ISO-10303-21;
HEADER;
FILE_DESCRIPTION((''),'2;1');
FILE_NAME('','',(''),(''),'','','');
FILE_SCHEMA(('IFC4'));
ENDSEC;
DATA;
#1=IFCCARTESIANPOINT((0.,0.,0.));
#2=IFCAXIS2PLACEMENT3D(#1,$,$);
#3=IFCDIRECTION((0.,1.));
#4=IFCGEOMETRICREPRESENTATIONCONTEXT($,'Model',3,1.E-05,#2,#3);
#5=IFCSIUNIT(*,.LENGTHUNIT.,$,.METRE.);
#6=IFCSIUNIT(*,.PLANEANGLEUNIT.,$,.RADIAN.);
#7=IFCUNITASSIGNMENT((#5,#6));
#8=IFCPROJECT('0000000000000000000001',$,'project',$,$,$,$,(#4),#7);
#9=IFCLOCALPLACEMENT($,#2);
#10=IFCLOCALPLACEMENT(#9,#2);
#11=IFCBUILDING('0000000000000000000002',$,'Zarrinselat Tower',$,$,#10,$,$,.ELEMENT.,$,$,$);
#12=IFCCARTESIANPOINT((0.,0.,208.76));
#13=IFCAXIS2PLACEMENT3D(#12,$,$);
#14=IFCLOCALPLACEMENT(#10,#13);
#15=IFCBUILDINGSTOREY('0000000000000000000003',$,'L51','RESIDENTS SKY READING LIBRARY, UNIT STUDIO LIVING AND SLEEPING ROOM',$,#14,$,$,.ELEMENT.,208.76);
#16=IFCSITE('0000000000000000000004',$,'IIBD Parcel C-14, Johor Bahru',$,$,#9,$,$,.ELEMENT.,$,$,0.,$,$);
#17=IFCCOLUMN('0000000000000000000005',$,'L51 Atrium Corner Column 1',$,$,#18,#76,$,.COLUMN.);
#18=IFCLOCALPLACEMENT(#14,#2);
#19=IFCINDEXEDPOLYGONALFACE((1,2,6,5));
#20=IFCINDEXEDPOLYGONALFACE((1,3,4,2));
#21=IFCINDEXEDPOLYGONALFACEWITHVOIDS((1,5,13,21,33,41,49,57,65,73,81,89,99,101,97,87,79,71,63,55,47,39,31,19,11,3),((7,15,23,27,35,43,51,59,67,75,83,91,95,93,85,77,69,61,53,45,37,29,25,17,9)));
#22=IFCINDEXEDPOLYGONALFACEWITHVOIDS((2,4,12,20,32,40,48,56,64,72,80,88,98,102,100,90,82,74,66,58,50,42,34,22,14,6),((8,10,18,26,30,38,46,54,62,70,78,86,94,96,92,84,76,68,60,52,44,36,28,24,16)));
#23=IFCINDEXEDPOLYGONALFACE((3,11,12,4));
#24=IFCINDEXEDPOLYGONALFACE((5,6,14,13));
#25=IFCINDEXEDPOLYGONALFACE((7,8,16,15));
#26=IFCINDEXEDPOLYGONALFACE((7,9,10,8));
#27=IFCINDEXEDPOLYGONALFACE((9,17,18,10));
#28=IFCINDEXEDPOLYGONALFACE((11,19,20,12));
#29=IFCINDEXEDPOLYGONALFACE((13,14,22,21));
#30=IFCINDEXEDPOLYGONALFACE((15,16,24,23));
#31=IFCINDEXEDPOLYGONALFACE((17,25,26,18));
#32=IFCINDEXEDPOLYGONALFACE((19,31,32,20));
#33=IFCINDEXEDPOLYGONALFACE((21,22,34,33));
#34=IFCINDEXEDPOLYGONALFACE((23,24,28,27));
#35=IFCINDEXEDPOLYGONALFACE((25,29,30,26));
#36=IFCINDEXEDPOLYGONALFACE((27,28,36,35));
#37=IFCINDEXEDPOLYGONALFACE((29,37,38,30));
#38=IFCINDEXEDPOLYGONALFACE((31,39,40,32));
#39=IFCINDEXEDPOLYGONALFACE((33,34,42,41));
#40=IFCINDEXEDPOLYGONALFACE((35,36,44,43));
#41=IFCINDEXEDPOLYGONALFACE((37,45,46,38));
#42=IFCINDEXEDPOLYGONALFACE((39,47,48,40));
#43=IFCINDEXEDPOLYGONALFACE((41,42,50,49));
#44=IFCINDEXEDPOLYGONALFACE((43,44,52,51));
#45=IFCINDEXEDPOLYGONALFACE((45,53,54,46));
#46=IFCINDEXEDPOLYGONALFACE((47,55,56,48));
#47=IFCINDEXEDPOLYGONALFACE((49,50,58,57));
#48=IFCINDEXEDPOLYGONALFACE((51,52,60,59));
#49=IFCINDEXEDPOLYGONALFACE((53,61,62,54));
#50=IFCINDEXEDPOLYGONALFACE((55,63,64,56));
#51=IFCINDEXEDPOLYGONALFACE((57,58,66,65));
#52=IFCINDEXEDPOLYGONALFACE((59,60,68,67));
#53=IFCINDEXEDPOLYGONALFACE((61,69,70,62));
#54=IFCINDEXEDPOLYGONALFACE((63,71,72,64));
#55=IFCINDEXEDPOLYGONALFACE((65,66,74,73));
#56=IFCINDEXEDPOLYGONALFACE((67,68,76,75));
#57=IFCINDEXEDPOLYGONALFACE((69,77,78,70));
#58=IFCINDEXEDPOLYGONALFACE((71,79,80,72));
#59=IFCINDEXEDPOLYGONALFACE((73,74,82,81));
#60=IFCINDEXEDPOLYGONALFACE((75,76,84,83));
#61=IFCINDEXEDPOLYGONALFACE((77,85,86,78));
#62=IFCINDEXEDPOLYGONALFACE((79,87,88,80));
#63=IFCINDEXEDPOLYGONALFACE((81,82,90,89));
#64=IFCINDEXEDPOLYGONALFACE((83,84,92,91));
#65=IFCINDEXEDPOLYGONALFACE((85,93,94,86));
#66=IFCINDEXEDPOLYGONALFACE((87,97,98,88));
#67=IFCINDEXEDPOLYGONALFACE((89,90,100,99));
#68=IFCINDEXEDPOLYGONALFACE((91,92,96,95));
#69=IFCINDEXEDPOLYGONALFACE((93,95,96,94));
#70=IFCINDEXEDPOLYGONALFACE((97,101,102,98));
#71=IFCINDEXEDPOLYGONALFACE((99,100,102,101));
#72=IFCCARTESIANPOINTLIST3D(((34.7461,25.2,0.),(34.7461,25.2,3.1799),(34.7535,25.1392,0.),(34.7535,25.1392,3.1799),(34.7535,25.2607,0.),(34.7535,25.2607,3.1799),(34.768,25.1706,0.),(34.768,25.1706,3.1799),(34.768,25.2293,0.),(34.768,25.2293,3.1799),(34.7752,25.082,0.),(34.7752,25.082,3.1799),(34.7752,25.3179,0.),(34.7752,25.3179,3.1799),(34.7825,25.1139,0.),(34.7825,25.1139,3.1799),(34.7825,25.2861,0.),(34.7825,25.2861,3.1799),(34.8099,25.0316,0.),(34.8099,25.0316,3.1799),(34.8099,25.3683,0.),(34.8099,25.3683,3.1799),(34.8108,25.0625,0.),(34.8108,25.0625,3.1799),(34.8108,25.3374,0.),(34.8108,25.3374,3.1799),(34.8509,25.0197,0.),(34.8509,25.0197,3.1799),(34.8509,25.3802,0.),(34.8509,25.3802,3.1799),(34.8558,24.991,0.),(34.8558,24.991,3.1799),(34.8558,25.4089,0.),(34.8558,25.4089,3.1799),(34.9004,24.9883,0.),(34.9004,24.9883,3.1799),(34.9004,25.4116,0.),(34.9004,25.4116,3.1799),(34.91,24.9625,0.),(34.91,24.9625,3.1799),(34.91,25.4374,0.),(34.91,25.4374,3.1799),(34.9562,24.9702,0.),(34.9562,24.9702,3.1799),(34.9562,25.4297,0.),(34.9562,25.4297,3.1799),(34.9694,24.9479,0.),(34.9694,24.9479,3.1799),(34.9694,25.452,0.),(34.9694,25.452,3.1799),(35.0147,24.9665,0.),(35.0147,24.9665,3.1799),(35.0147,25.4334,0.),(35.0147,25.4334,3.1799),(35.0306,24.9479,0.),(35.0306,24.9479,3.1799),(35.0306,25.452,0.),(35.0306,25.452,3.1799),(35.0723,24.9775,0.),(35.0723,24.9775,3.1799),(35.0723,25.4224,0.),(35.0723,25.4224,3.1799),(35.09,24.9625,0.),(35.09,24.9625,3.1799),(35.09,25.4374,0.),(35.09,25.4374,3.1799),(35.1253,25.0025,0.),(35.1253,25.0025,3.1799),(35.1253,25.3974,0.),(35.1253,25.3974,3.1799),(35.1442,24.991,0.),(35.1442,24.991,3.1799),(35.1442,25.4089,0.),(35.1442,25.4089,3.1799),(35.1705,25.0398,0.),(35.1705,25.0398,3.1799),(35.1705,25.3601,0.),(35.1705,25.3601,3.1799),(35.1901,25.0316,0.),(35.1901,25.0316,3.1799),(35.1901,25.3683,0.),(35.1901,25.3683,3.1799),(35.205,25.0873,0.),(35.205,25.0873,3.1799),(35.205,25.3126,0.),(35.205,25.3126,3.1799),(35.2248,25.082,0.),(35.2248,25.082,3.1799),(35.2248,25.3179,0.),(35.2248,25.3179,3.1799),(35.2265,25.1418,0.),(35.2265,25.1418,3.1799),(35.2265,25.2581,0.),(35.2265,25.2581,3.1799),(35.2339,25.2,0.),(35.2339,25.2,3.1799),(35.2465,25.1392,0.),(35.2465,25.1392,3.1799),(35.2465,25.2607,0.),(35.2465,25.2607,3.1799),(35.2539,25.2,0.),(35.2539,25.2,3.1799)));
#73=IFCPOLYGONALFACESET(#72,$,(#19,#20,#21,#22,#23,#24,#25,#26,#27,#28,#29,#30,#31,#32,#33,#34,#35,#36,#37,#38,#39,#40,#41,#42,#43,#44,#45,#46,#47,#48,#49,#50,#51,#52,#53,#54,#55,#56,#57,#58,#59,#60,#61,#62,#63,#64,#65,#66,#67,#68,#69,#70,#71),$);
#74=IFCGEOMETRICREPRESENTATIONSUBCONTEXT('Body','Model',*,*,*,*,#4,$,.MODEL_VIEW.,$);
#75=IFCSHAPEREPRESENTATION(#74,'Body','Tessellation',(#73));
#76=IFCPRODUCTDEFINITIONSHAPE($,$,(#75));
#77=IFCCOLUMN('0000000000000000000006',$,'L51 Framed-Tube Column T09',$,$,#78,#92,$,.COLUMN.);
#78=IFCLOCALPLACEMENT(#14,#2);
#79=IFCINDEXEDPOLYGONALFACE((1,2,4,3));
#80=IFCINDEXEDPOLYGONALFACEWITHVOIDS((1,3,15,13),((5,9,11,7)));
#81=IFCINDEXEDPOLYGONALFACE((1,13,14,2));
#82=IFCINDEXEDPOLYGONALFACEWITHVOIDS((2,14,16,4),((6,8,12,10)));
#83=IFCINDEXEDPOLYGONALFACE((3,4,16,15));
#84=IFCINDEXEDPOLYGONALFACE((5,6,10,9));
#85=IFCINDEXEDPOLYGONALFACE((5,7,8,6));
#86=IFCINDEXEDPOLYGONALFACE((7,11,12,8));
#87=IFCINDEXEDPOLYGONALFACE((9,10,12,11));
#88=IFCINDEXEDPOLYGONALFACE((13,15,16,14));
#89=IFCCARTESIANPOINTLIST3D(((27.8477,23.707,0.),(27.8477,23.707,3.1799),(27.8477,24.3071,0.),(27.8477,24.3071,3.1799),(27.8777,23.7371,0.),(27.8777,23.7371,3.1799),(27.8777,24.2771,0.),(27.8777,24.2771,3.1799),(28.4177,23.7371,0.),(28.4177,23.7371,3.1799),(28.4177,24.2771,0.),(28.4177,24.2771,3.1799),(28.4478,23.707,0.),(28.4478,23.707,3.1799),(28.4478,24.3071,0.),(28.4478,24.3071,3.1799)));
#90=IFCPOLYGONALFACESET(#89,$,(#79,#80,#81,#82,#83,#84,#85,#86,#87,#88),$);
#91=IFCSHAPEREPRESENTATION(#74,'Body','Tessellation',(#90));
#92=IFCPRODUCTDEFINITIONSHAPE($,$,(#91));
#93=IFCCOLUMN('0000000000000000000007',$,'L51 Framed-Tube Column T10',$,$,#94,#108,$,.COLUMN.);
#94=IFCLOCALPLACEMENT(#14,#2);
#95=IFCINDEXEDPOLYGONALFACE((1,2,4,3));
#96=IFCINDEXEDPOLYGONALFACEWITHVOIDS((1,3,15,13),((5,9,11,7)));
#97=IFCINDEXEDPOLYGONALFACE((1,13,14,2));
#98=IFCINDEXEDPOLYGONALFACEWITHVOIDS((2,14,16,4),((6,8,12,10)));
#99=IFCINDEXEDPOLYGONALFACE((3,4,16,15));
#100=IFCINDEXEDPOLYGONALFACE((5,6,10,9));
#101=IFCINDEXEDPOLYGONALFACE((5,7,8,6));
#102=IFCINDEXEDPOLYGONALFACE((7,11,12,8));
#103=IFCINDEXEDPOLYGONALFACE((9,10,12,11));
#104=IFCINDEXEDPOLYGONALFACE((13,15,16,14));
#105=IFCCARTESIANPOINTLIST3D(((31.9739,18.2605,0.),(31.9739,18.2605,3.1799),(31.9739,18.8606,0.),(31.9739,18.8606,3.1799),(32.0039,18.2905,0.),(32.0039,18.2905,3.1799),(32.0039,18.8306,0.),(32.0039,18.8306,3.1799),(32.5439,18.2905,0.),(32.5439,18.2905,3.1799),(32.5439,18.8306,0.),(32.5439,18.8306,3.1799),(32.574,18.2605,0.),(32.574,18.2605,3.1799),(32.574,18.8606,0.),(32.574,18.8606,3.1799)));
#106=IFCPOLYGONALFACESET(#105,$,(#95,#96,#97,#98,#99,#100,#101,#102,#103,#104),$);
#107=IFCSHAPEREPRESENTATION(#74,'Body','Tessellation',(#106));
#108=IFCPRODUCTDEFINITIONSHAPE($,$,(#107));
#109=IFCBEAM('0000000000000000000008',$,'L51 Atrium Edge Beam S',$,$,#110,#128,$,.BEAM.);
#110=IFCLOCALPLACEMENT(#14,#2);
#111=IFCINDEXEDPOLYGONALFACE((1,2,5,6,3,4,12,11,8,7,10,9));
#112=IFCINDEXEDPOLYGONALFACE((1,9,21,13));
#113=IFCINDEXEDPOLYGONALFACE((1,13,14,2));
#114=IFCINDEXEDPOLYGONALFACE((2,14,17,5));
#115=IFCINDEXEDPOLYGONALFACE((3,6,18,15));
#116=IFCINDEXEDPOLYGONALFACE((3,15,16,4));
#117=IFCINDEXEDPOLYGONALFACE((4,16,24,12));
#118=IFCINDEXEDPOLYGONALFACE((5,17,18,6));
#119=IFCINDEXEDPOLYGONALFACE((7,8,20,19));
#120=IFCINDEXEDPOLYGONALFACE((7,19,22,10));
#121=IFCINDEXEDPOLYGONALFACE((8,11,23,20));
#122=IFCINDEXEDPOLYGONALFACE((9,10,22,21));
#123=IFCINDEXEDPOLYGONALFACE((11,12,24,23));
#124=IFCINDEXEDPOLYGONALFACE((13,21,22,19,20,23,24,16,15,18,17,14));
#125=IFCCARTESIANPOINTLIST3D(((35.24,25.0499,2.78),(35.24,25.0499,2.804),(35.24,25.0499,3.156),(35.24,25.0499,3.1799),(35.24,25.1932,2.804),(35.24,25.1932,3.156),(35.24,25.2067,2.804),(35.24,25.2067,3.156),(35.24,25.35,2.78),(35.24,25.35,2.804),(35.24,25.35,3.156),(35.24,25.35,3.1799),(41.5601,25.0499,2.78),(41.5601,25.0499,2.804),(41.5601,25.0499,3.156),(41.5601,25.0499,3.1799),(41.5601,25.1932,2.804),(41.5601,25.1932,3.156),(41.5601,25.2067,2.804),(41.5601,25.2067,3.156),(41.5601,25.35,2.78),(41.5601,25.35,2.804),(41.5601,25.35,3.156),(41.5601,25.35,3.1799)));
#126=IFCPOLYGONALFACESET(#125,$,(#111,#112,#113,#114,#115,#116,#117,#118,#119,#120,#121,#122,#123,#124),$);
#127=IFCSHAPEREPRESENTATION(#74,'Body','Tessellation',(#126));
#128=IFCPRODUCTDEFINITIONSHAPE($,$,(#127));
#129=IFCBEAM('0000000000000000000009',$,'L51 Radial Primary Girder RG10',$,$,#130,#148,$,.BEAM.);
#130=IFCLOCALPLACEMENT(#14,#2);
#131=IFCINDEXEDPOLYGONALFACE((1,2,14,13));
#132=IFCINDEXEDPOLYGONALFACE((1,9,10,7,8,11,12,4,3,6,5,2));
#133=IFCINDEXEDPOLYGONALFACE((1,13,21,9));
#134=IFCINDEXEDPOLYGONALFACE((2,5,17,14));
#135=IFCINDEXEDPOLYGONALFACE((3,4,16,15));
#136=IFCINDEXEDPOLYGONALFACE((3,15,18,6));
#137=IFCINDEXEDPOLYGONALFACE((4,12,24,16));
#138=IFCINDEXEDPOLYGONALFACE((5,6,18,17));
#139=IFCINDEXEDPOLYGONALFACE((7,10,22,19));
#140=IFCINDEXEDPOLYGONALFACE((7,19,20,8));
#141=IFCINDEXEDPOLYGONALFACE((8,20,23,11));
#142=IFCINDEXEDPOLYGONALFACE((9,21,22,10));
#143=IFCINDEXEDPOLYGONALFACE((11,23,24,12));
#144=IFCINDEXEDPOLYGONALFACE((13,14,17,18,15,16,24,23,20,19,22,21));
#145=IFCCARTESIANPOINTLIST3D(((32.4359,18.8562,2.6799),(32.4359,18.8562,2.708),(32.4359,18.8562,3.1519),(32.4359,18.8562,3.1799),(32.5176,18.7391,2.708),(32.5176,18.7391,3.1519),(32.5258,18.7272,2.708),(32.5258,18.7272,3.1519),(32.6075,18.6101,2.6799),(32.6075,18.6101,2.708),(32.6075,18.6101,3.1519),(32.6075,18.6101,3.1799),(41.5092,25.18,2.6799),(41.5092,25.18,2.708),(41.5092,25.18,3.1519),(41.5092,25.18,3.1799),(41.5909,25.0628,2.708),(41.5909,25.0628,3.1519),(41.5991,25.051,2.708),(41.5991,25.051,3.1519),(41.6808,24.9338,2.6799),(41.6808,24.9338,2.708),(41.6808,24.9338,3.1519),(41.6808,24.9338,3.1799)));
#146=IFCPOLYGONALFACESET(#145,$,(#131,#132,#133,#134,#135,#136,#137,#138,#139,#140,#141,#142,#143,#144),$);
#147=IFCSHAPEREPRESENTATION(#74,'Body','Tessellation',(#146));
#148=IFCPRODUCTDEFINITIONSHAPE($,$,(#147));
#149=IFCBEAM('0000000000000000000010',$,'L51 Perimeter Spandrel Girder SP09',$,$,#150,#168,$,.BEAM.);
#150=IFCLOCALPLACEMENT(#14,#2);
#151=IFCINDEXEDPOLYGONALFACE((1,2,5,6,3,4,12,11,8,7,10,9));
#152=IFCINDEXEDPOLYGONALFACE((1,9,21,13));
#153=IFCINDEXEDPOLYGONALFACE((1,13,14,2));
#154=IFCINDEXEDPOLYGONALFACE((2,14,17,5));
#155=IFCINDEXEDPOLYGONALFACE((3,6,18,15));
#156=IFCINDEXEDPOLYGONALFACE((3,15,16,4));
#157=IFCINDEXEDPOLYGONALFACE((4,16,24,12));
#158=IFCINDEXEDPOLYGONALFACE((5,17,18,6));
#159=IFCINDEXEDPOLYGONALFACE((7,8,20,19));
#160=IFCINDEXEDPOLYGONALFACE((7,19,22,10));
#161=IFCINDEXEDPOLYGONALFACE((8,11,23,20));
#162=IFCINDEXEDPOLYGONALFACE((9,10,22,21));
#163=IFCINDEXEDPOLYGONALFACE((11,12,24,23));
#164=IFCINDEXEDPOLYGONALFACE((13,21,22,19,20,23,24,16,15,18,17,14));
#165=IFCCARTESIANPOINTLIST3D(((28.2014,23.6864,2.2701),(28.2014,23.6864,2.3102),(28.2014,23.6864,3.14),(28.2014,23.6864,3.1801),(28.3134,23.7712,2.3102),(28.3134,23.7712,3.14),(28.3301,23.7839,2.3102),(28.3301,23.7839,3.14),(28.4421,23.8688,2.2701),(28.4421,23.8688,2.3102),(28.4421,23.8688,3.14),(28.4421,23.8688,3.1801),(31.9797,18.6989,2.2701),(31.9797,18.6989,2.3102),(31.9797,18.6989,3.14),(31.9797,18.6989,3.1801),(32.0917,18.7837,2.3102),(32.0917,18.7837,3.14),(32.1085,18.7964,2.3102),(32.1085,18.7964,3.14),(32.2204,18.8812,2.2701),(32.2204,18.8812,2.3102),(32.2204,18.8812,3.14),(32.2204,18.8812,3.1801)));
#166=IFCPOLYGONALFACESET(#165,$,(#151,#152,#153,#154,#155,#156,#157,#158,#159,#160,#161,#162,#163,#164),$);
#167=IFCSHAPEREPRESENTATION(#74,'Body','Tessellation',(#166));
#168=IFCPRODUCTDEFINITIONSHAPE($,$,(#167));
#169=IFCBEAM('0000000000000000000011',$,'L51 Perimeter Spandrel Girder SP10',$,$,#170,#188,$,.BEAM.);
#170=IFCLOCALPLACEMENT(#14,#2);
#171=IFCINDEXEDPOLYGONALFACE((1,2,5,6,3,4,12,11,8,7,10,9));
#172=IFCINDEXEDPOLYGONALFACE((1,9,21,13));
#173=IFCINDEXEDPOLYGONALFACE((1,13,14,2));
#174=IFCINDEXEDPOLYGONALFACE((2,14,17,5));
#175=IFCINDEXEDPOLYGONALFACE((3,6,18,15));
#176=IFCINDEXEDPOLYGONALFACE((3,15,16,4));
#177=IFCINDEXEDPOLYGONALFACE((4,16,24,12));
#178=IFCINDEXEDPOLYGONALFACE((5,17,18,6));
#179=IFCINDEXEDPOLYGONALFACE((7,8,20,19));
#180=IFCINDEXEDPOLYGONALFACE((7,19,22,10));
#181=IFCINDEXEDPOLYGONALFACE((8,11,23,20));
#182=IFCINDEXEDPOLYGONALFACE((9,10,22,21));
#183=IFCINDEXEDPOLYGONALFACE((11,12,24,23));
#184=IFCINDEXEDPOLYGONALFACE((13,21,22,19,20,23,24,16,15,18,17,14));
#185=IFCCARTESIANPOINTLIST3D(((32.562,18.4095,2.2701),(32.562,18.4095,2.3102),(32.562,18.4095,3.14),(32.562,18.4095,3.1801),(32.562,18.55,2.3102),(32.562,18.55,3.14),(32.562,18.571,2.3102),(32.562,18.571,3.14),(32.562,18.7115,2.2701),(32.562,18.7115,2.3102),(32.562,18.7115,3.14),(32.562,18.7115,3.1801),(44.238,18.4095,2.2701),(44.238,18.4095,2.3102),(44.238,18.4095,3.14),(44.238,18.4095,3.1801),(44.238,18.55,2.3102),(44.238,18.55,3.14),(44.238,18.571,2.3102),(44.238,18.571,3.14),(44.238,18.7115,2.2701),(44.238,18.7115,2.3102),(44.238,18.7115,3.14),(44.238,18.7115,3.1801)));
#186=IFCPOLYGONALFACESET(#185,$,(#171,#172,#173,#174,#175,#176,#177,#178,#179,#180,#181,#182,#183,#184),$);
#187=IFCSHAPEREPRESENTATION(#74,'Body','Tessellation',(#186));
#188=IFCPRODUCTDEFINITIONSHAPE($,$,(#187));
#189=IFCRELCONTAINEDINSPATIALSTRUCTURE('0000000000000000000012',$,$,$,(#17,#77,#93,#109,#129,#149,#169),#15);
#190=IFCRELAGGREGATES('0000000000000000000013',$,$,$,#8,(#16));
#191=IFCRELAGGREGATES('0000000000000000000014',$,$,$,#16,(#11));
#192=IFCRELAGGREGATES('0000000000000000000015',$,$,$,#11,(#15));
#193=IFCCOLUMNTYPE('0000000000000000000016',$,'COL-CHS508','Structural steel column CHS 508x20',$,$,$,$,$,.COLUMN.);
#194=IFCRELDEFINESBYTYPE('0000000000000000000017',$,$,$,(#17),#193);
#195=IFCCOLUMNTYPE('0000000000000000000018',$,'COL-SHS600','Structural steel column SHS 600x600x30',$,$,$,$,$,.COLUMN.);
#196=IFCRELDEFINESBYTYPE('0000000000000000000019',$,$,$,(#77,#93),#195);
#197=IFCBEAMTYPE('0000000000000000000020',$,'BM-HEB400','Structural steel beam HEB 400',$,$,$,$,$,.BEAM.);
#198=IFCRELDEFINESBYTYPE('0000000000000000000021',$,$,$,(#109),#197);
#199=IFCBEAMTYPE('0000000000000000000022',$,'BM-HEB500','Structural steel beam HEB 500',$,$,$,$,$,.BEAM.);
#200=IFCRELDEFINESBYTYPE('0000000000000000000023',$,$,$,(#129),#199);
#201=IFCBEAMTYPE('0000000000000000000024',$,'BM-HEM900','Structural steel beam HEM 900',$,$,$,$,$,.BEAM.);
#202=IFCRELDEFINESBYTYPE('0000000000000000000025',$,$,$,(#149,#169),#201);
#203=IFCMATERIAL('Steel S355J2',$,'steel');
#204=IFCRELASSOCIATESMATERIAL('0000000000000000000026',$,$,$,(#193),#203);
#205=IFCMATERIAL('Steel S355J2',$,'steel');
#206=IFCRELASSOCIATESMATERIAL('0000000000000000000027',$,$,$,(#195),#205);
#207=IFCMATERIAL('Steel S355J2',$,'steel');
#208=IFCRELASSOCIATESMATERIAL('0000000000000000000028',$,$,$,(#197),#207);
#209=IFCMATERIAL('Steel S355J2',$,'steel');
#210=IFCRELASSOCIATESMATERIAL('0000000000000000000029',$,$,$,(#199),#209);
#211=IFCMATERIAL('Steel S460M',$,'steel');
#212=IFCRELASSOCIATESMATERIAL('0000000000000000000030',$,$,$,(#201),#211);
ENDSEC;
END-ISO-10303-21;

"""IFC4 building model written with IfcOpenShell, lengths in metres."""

from ifc_helpers import new_model, si_unit, direction, frame, origin, origin_2d, place, context, subcontext, project, spatial, hollow_rectangle, hollow_circle, i_section, extrude, material, material_profile, profile_set, type_object, element, save


model = new_model("IFC4")

# Units and contexts
model_context = context("Model", 3, precision=1e-05, world=origin(), true_north=direction((0.0, 1.0)))
body_context = subcontext(model_context, "Body", "Model", "MODEL_VIEW")
ifc_project = project(units=[si_unit("LENGTHUNIT", "METRE"), si_unit("PLANEANGLEUNIT", "RADIAN")], contexts=[model_context])

# Site, building, storey
site_placement = place(None, origin())
site = spatial("IfcSite", under=ifc_project, at=site_placement, Name="IIBD Parcel C-14, Johor Bahru", CompositionType="ELEMENT", RefElevation=0.0)
building_placement = place(site_placement, origin())
building = spatial("IfcBuilding", under=site, at=building_placement, Name="Zarrinselat Tower", CompositionType="ELEMENT")
storey_placement = place(building_placement, frame((0.0, 0.0, 208.76)))
storey = spatial("IfcBuildingStorey", under=building, at=storey_placement, Name="L51", Description="RESIDENTS SKY READING LIBRARY, UNIT STUDIO LIVING AND SLEEPING ROOM", CompositionType="ELEMENT", Elevation=208.76)

# Columns
ifc_material_1 = material(Name="Steel S355J2", Category="steel")
ifc_material_profile_1 = material_profile(ifc_material_1, hollow_circle(Radius=0.2539, WallThickness=0.02, at=origin_2d()), Name="CHS 508x20")
ifc_profile_set_1 = profile_set([ifc_material_profile_1], Name="Steel S355J2")
column_type_1 = type_object("IfcColumnType", Name="COL-CHS508", Description="Structural steel column CHS 508x20", PredefinedType="COLUMN", material=ifc_profile_set_1)
column_placement = place(storey_placement, frame((35.0, 25.2, 0.0), z_axis=(0.0, 0.0, 1.0), x_axis=(1.0, 0.0, 0.0)))
element("IfcColumn", 1, at=column_placement, inside=storey, type_object=column_type_1, Name="L51 Atrium Corner Column 1", PredefinedType="COLUMN", context=body_context, shape_type="SweptSolid", body=[
    extrude(hollow_circle(Radius=0.2539, WallThickness=0.02, at=origin_2d()), origin(), (0.0, 0.0, 1.0), 3.1799),
])
ifc_material_2 = material(Name="Steel S355J2", Category="steel")
ifc_material_profile_2 = material_profile(ifc_material_2, hollow_rectangle(XDim=0.6001, YDim=0.6001, WallThickness=0.03, at=origin_2d()), Name="SHS 600x600x30")
ifc_profile_set_2 = profile_set([ifc_material_profile_2], Name="Steel S355J2")
column_type_2 = type_object("IfcColumnType", Name="COL-SHS600", Description="Structural steel column SHS 600x600x30", PredefinedType="COLUMN", material=ifc_profile_set_2)
for number, where, z_axis, x_axis, name in (
    (2, (28.1477, 24.0071, 0.0), (0.0, 0.0, 1.0), (1.0, 0.0, 0.0), "L51 Framed-Tube Column T09"),
    (3, (32.2739, 18.5605, 0.0), (0.0, 0.0, 1.0), (1.0, 0.0, 0.0), "L51 Framed-Tube Column T10"),
):
    element("IfcColumn", number, at=place(storey_placement, frame(where, z_axis=z_axis, x_axis=x_axis)), inside=storey, type_object=column_type_2, Name=name, PredefinedType="COLUMN", context=body_context, shape_type="SweptSolid", body=[
        extrude(hollow_rectangle(XDim=0.6001, YDim=0.6001, WallThickness=0.03, at=origin_2d()), origin(), (0.0, 0.0, 1.0), 3.1799),
    ])

# Beams
ifc_material_3 = material(Name="Steel S355J2", Category="steel")
ifc_material_profile_3 = material_profile(ifc_material_3, i_section(OverallWidth=0.3, OverallDepth=0.3999, WebThickness=0.0134, FlangeThickness=0.0239, at=origin_2d()), Name="HEB 400")
ifc_profile_set_3 = profile_set([ifc_material_profile_3], Name="Steel S355J2")
beam_type_1 = type_object("IfcBeamType", Name="BM-HEB400", Description="Structural steel beam HEB 400", PredefinedType="BEAM", material=ifc_profile_set_3)
beam_1_placement = place(storey_placement, frame((35.24, 25.2, 2.98), z_axis=(1.0, 0.0, 0.0), x_axis=(0.0, 1.0, 0.0)))
element("IfcBeam", 4, at=beam_1_placement, inside=storey, type_object=beam_type_1, Name="L51 Atrium Edge Beam S", PredefinedType="BEAM", context=body_context, shape_type="SweptSolid", body=[
    extrude(i_section(OverallWidth=0.3, OverallDepth=0.3999, WebThickness=0.0134, FlangeThickness=0.0239, at=origin_2d()), origin(), (0.0, 0.0, 1.0), 6.3201),
])
ifc_material_4 = material(Name="Steel S355J2", Category="steel")
ifc_material_profile_4 = material_profile(ifc_material_4, i_section(OverallWidth=0.3, OverallDepth=0.5, WebThickness=0.0144, FlangeThickness=0.0281, at=origin_2d()), Name="HEB 500")
ifc_profile_set_4 = profile_set([ifc_material_profile_4], Name="Steel S355J2")
beam_type_2 = type_object("IfcBeamType", Name="BM-HEB500", Description="Structural steel beam HEB 500", PredefinedType="BEAM", material=ifc_profile_set_4)
beam_2_placement = place(storey_placement, frame((32.5217, 18.7332, 2.9299), z_axis=(0.8204, 0.57179, 0.0), x_axis=(-0.57179, 0.8204, 0.0)))
element("IfcBeam", 5, at=beam_2_placement, inside=storey, type_object=beam_type_2, Name="L51 Radial Primary Girder RG10", PredefinedType="BEAM", context=body_context, shape_type="SweptSolid", body=[
    extrude(i_section(OverallWidth=0.3, OverallDepth=0.5, WebThickness=0.0144, FlangeThickness=0.0281, at=origin_2d()), origin(), (0.0, 0.0, 1.0), 11.0596),
])
ifc_material_5 = material(Name="Steel S460M", Category="steel")
ifc_material_profile_5 = material_profile(ifc_material_5, i_section(OverallWidth=0.302, OverallDepth=0.9099, WebThickness=0.021, FlangeThickness=0.04, at=origin_2d()), Name="HEM 900")
ifc_profile_set_5 = profile_set([ifc_material_profile_5], Name="Steel S460M")
beam_type_3 = type_object("IfcBeamType", Name="BM-HEM900", Description="Structural steel beam HEM 900", PredefinedType="BEAM", material=ifc_profile_set_5)
beam_3_placement = place(storey_placement, frame((28.3218, 23.7776, 2.7251), z_axis=(0.603845, -0.797102, 0.0), x_axis=(0.797102, 0.603845, 0.0)))
element("IfcBeam", 6, at=beam_3_placement, inside=storey, type_object=beam_type_3, Name="L51 Perimeter Spandrel Girder SP09", PredefinedType="BEAM", context=body_context, shape_type="SweptSolid", body=[
    extrude(i_section(OverallWidth=0.302, OverallDepth=0.9099, WebThickness=0.021, FlangeThickness=0.04, at=origin_2d()), origin(), (0.0, 0.0, 1.0), 6.2571),
])
beam_4_placement = place(storey_placement, frame((32.562, 18.5605, 2.7251), z_axis=(1.0, 0.0, 0.0), x_axis=(0.0, 1.0, 0.0)))
element("IfcBeam", 7, at=beam_4_placement, inside=storey, type_object=beam_type_3, Name="L51 Perimeter Spandrel Girder SP10", PredefinedType="BEAM", context=body_context, shape_type="SweptSolid", body=[
    extrude(i_section(OverallWidth=0.302, OverallDepth=0.9099, WebThickness=0.021, FlangeThickness=0.04, at=origin_2d()), origin(), (0.0, 0.0, 1.0), 11.676),
])

save(model, "model.ifc")
